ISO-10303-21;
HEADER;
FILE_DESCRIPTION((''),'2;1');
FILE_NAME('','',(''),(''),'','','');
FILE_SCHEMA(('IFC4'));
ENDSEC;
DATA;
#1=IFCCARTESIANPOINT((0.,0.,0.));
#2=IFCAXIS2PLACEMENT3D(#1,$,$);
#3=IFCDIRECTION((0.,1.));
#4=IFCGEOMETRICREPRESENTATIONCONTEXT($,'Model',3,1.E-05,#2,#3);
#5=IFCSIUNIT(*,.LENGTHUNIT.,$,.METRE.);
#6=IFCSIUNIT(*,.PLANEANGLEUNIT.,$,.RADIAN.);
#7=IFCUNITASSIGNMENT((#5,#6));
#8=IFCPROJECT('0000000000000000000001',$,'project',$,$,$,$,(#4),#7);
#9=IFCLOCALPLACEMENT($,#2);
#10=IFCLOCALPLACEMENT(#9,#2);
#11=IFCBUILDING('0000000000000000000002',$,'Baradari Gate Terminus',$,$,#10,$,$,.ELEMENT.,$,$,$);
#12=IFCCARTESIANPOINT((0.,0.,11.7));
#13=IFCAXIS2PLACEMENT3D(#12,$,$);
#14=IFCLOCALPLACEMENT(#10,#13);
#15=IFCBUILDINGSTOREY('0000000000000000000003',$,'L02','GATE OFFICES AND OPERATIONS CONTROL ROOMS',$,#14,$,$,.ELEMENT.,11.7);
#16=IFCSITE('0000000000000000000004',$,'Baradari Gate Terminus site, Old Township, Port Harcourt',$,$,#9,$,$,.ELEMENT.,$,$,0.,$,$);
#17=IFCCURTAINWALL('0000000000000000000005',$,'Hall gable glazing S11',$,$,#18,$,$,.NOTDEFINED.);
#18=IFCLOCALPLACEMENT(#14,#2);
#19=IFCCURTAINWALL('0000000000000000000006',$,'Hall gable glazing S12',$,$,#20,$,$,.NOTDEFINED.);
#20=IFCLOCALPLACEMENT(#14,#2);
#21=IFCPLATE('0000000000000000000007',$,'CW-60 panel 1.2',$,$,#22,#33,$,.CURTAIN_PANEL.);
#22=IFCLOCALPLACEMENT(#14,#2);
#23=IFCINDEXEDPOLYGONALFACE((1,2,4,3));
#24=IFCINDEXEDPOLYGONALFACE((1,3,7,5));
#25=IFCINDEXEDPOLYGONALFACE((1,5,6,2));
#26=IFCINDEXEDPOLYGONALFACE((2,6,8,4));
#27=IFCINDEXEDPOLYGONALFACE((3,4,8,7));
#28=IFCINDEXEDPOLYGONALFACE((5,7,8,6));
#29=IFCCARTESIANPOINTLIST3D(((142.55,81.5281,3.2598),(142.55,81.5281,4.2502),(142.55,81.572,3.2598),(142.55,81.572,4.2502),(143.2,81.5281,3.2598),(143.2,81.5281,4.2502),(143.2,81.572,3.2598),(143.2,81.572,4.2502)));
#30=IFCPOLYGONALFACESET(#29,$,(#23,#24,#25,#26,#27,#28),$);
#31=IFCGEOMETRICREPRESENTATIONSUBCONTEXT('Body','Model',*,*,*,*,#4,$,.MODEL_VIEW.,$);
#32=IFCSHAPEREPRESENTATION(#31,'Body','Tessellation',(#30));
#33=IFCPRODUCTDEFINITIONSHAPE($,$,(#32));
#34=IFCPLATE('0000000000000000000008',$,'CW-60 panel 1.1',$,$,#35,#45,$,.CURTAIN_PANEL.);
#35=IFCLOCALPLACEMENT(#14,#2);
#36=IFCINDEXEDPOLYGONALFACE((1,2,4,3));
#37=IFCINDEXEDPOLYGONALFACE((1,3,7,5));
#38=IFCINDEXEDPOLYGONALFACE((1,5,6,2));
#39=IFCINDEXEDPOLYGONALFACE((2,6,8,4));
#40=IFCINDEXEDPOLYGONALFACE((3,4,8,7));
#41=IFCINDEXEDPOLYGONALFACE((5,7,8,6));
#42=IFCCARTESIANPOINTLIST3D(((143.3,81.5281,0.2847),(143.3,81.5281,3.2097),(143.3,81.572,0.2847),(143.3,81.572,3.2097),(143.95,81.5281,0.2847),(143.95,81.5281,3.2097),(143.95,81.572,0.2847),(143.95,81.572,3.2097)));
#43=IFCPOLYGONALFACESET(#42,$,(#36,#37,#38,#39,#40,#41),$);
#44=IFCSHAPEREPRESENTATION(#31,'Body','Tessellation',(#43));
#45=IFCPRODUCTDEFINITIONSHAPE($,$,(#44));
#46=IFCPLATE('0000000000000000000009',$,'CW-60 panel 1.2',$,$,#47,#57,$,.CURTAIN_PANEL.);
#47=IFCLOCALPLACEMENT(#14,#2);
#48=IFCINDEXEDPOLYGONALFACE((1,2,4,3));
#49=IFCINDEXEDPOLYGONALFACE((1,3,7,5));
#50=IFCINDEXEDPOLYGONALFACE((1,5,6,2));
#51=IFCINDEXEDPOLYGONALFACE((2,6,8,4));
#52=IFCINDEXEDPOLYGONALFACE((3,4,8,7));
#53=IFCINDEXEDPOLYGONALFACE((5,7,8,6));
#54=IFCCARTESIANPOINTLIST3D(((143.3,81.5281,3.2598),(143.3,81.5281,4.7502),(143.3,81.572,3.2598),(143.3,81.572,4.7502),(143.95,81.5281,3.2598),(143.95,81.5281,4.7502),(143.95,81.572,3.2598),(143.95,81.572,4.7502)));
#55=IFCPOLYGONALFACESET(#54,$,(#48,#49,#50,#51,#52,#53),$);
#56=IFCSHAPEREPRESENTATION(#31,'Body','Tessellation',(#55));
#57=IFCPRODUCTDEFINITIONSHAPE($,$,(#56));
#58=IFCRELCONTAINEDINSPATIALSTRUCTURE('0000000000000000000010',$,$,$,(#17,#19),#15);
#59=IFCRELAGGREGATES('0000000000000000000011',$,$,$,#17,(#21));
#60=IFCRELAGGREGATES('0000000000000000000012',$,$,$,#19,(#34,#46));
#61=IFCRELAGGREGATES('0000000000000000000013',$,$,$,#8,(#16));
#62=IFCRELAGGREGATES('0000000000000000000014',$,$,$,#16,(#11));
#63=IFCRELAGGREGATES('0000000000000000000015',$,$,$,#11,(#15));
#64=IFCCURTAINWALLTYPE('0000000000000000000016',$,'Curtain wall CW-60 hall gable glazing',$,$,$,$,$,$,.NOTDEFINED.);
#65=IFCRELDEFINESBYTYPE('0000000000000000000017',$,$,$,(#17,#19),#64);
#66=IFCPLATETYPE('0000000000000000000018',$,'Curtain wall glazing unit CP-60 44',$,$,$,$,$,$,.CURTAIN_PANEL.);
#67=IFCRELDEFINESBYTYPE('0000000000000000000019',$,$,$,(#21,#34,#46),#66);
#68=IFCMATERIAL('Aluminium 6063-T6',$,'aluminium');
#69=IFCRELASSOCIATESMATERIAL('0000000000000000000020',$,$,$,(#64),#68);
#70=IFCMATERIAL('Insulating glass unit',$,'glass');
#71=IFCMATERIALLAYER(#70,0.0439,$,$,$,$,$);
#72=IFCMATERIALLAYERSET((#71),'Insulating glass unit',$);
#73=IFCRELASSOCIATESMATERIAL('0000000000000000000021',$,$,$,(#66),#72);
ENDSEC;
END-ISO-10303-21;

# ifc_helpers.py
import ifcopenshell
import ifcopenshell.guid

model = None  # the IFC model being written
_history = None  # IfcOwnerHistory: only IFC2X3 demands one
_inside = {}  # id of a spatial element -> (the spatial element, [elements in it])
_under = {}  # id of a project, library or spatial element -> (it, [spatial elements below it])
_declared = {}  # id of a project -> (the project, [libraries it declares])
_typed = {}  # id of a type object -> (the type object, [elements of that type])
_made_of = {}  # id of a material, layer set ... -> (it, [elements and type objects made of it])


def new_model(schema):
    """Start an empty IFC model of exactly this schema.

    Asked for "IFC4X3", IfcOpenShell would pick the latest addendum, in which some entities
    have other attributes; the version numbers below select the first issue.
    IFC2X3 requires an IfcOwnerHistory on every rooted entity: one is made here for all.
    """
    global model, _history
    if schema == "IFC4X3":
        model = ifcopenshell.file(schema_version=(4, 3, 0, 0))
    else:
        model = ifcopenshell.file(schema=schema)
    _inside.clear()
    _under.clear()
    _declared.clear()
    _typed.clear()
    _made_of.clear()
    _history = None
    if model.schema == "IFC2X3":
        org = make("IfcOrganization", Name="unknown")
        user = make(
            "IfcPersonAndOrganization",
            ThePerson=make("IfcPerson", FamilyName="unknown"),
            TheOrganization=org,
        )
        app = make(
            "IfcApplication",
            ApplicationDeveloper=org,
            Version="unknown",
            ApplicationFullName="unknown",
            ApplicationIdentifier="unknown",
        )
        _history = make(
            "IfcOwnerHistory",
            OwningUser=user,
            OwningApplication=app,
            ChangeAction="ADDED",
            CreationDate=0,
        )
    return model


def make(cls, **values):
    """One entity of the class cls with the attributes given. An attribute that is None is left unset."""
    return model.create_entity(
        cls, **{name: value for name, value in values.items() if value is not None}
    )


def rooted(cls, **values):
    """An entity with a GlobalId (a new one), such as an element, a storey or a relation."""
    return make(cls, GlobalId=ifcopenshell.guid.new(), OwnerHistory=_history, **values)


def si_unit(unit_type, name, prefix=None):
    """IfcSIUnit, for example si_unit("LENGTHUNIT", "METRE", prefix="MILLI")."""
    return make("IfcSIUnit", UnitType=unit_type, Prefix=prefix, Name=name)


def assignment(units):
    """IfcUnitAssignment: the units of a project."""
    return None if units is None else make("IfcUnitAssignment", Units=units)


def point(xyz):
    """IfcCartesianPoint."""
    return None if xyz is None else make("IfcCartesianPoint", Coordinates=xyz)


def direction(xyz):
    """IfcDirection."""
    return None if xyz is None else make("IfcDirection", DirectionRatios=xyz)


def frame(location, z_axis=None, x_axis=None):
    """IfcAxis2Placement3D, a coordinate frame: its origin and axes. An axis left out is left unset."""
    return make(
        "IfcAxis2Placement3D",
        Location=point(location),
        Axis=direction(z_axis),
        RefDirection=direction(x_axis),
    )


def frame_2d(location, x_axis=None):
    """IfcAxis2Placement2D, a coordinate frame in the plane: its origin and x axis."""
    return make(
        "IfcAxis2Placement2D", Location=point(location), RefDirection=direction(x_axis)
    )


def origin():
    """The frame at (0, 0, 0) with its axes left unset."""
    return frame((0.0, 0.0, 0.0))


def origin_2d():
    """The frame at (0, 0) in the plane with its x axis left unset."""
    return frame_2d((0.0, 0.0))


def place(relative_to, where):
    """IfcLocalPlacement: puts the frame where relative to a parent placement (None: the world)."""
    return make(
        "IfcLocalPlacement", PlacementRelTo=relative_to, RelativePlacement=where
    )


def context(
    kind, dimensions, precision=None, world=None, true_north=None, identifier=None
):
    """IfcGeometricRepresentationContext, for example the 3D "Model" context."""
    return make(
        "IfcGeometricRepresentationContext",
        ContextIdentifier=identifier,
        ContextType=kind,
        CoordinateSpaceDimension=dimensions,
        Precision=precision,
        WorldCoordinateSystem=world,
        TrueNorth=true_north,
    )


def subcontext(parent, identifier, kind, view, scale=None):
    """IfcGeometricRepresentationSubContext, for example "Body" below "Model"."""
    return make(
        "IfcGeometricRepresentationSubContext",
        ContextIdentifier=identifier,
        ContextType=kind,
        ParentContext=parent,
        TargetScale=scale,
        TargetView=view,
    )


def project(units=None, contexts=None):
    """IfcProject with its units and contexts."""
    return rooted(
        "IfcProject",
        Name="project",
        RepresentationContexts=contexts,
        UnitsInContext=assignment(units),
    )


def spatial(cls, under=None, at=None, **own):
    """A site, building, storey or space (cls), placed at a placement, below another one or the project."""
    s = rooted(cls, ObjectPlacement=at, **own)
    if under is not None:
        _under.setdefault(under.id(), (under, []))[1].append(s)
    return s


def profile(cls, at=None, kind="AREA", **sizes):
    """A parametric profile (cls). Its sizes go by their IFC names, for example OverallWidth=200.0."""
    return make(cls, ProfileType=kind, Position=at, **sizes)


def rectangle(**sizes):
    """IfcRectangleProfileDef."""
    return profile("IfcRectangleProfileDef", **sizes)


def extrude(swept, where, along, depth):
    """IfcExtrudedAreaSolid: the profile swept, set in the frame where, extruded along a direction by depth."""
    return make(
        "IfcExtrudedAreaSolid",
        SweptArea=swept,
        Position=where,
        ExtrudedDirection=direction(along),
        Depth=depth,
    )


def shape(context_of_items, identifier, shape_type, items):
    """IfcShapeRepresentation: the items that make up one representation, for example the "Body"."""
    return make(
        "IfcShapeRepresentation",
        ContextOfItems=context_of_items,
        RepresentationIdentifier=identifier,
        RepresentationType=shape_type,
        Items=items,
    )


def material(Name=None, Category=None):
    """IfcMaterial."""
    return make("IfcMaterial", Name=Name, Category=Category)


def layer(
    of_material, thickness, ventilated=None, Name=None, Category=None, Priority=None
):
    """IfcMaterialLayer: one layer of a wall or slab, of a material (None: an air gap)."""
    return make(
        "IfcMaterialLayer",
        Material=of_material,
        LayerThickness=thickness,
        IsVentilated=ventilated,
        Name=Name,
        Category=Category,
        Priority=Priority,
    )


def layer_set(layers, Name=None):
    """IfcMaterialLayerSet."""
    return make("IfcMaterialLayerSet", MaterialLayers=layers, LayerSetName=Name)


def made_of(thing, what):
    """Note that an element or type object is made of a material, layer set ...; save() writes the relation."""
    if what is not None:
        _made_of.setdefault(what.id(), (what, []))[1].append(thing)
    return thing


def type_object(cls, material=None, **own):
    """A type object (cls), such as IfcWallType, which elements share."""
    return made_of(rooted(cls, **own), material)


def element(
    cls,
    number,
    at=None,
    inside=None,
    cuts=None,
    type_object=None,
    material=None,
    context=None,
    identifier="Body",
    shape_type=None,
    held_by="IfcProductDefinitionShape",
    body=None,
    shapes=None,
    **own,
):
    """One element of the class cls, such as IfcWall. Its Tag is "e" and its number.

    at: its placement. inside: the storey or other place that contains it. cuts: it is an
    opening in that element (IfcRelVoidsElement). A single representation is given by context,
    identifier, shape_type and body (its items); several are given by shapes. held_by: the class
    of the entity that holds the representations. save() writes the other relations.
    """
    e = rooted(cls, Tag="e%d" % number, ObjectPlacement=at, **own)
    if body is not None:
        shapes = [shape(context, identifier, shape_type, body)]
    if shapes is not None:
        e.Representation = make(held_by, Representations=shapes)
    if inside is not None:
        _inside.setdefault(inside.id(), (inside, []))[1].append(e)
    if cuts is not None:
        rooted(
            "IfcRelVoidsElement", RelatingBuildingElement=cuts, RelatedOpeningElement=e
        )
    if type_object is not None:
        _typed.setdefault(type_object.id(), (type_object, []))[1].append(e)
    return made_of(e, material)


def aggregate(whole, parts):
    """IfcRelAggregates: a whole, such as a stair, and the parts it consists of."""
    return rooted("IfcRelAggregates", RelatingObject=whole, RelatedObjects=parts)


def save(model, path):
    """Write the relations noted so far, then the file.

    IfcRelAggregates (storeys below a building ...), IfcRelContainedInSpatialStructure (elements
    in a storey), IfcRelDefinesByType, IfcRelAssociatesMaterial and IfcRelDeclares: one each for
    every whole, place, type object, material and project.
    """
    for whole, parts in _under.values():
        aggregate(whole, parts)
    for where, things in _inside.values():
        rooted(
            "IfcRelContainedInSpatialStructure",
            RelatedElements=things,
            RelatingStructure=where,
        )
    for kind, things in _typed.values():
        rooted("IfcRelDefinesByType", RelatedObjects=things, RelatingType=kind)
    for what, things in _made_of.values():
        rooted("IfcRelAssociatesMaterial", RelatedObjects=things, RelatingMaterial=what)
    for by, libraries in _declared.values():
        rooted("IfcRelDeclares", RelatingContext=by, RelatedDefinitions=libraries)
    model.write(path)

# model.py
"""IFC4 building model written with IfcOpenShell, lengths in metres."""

from ifc_helpers import new_model, si_unit, direction, frame, origin, origin_2d, place, context, subcontext, project, spatial, rectangle, extrude, material, layer, layer_set, type_object, element, aggregate, save


model = new_model("IFC4")

# Units and contexts
model_context = context("Model", 3, precision=1e-05, world=origin(), true_north=direction((0.0, 1.0)))
body_context = subcontext(model_context, "Body", "Model", "MODEL_VIEW")
ifc_project = project(units=[si_unit("LENGTHUNIT", "METRE"), si_unit("PLANEANGLEUNIT", "RADIAN")], contexts=[model_context])

# Site, building, storey
site_placement = place(None, origin())
site = spatial("IfcSite", under=ifc_project, at=site_placement, Name="Baradari Gate Terminus site, Old Township, Port Harcourt", CompositionType="ELEMENT", RefElevation=0.0)
building_placement = place(site_placement, origin())
building = spatial("IfcBuilding", under=site, at=building_placement, Name="Baradari Gate Terminus", CompositionType="ELEMENT")
storey_placement = place(building_placement, frame((0.0, 0.0, 11.7)))
storey = spatial("IfcBuildingStorey", under=building, at=storey_placement, Name="L02", Description="GATE OFFICES AND OPERATIONS CONTROL ROOMS", CompositionType="ELEMENT", Elevation=11.7)

# Curtain walls
ifc_material_1 = material(Name="Aluminium 6063-T6", Category="aluminium")
curtain_wall_type = type_object("IfcCurtainWallType", Name="Curtain wall CW-60 hall gable glazing", PredefinedType="NOTDEFINED", material=ifc_material_1)
curtain_wall_1_placement = place(storey_placement, origin())
curtain_wall_1 = element("IfcCurtainWall", 1, at=curtain_wall_1_placement, inside=storey, type_object=curtain_wall_type, Name="Hall gable glazing S11", PredefinedType="NOTDEFINED")
curtain_wall_2_placement = place(storey_placement, origin())
curtain_wall_2 = element("IfcCurtainWall", 2, at=curtain_wall_2_placement, inside=storey, type_object=curtain_wall_type, Name="Hall gable glazing S12", PredefinedType="NOTDEFINED")

# Plates
ifc_material_2 = material(Name="Insulating glass unit", Category="glass")
ifc_layer = layer(ifc_material_2, 0.0439)
ifc_layer_set = layer_set([ifc_layer], Name="Insulating glass unit")
plate_type = type_object("IfcPlateType", Name="Curtain wall glazing unit CP-60 44", PredefinedType="CURTAIN_PANEL", material=ifc_layer_set)
plate_1_placement = place(storey_placement, frame((142.875, 81.55, 3.2598), z_axis=(0.0, 0.0, 1.0), x_axis=(1.0, 0.0, 0.0)))
plate_1 = element("IfcPlate", 3, at=plate_1_placement, type_object=plate_type, Name="CW-60 panel 1.2", PredefinedType="CURTAIN_PANEL", context=body_context, shape_type="SweptSolid", body=[
    extrude(rectangle(XDim=0.6499, YDim=0.0439, at=origin_2d()), origin(), (0.0, 0.0, 1.0), 0.9905),
])
aggregate(curtain_wall_1, [plate_1])
plate_2_placement = place(storey_placement, frame((143.625, 81.55, 0.2847), z_axis=(0.0, 0.0, 1.0), x_axis=(1.0, 0.0, 0.0)))
plate_2 = element("IfcPlate", 4, at=plate_2_placement, type_object=plate_type, Name="CW-60 panel 1.1", PredefinedType="CURTAIN_PANEL", context=body_context, shape_type="SweptSolid", body=[
    extrude(rectangle(XDim=0.6499, YDim=0.0439, at=origin_2d()), origin(), (0.0, 0.0, 1.0), 2.925),
])
plate_3_placement = place(storey_placement, frame((143.625, 81.55, 3.2598), z_axis=(0.0, 0.0, 1.0), x_axis=(1.0, 0.0, 0.0)))
plate_3 = element("IfcPlate", 5, at=plate_3_placement, type_object=plate_type, Name="CW-60 panel 1.2", PredefinedType="CURTAIN_PANEL", context=body_context, shape_type="SweptSolid", body=[
    extrude(rectangle(XDim=0.6499, YDim=0.0439, at=origin_2d()), origin(), (0.0, 0.0, 1.0), 1.4905),
])
aggregate(curtain_wall_2, [plate_2, plate_3])

save(model, "model.ifc")
